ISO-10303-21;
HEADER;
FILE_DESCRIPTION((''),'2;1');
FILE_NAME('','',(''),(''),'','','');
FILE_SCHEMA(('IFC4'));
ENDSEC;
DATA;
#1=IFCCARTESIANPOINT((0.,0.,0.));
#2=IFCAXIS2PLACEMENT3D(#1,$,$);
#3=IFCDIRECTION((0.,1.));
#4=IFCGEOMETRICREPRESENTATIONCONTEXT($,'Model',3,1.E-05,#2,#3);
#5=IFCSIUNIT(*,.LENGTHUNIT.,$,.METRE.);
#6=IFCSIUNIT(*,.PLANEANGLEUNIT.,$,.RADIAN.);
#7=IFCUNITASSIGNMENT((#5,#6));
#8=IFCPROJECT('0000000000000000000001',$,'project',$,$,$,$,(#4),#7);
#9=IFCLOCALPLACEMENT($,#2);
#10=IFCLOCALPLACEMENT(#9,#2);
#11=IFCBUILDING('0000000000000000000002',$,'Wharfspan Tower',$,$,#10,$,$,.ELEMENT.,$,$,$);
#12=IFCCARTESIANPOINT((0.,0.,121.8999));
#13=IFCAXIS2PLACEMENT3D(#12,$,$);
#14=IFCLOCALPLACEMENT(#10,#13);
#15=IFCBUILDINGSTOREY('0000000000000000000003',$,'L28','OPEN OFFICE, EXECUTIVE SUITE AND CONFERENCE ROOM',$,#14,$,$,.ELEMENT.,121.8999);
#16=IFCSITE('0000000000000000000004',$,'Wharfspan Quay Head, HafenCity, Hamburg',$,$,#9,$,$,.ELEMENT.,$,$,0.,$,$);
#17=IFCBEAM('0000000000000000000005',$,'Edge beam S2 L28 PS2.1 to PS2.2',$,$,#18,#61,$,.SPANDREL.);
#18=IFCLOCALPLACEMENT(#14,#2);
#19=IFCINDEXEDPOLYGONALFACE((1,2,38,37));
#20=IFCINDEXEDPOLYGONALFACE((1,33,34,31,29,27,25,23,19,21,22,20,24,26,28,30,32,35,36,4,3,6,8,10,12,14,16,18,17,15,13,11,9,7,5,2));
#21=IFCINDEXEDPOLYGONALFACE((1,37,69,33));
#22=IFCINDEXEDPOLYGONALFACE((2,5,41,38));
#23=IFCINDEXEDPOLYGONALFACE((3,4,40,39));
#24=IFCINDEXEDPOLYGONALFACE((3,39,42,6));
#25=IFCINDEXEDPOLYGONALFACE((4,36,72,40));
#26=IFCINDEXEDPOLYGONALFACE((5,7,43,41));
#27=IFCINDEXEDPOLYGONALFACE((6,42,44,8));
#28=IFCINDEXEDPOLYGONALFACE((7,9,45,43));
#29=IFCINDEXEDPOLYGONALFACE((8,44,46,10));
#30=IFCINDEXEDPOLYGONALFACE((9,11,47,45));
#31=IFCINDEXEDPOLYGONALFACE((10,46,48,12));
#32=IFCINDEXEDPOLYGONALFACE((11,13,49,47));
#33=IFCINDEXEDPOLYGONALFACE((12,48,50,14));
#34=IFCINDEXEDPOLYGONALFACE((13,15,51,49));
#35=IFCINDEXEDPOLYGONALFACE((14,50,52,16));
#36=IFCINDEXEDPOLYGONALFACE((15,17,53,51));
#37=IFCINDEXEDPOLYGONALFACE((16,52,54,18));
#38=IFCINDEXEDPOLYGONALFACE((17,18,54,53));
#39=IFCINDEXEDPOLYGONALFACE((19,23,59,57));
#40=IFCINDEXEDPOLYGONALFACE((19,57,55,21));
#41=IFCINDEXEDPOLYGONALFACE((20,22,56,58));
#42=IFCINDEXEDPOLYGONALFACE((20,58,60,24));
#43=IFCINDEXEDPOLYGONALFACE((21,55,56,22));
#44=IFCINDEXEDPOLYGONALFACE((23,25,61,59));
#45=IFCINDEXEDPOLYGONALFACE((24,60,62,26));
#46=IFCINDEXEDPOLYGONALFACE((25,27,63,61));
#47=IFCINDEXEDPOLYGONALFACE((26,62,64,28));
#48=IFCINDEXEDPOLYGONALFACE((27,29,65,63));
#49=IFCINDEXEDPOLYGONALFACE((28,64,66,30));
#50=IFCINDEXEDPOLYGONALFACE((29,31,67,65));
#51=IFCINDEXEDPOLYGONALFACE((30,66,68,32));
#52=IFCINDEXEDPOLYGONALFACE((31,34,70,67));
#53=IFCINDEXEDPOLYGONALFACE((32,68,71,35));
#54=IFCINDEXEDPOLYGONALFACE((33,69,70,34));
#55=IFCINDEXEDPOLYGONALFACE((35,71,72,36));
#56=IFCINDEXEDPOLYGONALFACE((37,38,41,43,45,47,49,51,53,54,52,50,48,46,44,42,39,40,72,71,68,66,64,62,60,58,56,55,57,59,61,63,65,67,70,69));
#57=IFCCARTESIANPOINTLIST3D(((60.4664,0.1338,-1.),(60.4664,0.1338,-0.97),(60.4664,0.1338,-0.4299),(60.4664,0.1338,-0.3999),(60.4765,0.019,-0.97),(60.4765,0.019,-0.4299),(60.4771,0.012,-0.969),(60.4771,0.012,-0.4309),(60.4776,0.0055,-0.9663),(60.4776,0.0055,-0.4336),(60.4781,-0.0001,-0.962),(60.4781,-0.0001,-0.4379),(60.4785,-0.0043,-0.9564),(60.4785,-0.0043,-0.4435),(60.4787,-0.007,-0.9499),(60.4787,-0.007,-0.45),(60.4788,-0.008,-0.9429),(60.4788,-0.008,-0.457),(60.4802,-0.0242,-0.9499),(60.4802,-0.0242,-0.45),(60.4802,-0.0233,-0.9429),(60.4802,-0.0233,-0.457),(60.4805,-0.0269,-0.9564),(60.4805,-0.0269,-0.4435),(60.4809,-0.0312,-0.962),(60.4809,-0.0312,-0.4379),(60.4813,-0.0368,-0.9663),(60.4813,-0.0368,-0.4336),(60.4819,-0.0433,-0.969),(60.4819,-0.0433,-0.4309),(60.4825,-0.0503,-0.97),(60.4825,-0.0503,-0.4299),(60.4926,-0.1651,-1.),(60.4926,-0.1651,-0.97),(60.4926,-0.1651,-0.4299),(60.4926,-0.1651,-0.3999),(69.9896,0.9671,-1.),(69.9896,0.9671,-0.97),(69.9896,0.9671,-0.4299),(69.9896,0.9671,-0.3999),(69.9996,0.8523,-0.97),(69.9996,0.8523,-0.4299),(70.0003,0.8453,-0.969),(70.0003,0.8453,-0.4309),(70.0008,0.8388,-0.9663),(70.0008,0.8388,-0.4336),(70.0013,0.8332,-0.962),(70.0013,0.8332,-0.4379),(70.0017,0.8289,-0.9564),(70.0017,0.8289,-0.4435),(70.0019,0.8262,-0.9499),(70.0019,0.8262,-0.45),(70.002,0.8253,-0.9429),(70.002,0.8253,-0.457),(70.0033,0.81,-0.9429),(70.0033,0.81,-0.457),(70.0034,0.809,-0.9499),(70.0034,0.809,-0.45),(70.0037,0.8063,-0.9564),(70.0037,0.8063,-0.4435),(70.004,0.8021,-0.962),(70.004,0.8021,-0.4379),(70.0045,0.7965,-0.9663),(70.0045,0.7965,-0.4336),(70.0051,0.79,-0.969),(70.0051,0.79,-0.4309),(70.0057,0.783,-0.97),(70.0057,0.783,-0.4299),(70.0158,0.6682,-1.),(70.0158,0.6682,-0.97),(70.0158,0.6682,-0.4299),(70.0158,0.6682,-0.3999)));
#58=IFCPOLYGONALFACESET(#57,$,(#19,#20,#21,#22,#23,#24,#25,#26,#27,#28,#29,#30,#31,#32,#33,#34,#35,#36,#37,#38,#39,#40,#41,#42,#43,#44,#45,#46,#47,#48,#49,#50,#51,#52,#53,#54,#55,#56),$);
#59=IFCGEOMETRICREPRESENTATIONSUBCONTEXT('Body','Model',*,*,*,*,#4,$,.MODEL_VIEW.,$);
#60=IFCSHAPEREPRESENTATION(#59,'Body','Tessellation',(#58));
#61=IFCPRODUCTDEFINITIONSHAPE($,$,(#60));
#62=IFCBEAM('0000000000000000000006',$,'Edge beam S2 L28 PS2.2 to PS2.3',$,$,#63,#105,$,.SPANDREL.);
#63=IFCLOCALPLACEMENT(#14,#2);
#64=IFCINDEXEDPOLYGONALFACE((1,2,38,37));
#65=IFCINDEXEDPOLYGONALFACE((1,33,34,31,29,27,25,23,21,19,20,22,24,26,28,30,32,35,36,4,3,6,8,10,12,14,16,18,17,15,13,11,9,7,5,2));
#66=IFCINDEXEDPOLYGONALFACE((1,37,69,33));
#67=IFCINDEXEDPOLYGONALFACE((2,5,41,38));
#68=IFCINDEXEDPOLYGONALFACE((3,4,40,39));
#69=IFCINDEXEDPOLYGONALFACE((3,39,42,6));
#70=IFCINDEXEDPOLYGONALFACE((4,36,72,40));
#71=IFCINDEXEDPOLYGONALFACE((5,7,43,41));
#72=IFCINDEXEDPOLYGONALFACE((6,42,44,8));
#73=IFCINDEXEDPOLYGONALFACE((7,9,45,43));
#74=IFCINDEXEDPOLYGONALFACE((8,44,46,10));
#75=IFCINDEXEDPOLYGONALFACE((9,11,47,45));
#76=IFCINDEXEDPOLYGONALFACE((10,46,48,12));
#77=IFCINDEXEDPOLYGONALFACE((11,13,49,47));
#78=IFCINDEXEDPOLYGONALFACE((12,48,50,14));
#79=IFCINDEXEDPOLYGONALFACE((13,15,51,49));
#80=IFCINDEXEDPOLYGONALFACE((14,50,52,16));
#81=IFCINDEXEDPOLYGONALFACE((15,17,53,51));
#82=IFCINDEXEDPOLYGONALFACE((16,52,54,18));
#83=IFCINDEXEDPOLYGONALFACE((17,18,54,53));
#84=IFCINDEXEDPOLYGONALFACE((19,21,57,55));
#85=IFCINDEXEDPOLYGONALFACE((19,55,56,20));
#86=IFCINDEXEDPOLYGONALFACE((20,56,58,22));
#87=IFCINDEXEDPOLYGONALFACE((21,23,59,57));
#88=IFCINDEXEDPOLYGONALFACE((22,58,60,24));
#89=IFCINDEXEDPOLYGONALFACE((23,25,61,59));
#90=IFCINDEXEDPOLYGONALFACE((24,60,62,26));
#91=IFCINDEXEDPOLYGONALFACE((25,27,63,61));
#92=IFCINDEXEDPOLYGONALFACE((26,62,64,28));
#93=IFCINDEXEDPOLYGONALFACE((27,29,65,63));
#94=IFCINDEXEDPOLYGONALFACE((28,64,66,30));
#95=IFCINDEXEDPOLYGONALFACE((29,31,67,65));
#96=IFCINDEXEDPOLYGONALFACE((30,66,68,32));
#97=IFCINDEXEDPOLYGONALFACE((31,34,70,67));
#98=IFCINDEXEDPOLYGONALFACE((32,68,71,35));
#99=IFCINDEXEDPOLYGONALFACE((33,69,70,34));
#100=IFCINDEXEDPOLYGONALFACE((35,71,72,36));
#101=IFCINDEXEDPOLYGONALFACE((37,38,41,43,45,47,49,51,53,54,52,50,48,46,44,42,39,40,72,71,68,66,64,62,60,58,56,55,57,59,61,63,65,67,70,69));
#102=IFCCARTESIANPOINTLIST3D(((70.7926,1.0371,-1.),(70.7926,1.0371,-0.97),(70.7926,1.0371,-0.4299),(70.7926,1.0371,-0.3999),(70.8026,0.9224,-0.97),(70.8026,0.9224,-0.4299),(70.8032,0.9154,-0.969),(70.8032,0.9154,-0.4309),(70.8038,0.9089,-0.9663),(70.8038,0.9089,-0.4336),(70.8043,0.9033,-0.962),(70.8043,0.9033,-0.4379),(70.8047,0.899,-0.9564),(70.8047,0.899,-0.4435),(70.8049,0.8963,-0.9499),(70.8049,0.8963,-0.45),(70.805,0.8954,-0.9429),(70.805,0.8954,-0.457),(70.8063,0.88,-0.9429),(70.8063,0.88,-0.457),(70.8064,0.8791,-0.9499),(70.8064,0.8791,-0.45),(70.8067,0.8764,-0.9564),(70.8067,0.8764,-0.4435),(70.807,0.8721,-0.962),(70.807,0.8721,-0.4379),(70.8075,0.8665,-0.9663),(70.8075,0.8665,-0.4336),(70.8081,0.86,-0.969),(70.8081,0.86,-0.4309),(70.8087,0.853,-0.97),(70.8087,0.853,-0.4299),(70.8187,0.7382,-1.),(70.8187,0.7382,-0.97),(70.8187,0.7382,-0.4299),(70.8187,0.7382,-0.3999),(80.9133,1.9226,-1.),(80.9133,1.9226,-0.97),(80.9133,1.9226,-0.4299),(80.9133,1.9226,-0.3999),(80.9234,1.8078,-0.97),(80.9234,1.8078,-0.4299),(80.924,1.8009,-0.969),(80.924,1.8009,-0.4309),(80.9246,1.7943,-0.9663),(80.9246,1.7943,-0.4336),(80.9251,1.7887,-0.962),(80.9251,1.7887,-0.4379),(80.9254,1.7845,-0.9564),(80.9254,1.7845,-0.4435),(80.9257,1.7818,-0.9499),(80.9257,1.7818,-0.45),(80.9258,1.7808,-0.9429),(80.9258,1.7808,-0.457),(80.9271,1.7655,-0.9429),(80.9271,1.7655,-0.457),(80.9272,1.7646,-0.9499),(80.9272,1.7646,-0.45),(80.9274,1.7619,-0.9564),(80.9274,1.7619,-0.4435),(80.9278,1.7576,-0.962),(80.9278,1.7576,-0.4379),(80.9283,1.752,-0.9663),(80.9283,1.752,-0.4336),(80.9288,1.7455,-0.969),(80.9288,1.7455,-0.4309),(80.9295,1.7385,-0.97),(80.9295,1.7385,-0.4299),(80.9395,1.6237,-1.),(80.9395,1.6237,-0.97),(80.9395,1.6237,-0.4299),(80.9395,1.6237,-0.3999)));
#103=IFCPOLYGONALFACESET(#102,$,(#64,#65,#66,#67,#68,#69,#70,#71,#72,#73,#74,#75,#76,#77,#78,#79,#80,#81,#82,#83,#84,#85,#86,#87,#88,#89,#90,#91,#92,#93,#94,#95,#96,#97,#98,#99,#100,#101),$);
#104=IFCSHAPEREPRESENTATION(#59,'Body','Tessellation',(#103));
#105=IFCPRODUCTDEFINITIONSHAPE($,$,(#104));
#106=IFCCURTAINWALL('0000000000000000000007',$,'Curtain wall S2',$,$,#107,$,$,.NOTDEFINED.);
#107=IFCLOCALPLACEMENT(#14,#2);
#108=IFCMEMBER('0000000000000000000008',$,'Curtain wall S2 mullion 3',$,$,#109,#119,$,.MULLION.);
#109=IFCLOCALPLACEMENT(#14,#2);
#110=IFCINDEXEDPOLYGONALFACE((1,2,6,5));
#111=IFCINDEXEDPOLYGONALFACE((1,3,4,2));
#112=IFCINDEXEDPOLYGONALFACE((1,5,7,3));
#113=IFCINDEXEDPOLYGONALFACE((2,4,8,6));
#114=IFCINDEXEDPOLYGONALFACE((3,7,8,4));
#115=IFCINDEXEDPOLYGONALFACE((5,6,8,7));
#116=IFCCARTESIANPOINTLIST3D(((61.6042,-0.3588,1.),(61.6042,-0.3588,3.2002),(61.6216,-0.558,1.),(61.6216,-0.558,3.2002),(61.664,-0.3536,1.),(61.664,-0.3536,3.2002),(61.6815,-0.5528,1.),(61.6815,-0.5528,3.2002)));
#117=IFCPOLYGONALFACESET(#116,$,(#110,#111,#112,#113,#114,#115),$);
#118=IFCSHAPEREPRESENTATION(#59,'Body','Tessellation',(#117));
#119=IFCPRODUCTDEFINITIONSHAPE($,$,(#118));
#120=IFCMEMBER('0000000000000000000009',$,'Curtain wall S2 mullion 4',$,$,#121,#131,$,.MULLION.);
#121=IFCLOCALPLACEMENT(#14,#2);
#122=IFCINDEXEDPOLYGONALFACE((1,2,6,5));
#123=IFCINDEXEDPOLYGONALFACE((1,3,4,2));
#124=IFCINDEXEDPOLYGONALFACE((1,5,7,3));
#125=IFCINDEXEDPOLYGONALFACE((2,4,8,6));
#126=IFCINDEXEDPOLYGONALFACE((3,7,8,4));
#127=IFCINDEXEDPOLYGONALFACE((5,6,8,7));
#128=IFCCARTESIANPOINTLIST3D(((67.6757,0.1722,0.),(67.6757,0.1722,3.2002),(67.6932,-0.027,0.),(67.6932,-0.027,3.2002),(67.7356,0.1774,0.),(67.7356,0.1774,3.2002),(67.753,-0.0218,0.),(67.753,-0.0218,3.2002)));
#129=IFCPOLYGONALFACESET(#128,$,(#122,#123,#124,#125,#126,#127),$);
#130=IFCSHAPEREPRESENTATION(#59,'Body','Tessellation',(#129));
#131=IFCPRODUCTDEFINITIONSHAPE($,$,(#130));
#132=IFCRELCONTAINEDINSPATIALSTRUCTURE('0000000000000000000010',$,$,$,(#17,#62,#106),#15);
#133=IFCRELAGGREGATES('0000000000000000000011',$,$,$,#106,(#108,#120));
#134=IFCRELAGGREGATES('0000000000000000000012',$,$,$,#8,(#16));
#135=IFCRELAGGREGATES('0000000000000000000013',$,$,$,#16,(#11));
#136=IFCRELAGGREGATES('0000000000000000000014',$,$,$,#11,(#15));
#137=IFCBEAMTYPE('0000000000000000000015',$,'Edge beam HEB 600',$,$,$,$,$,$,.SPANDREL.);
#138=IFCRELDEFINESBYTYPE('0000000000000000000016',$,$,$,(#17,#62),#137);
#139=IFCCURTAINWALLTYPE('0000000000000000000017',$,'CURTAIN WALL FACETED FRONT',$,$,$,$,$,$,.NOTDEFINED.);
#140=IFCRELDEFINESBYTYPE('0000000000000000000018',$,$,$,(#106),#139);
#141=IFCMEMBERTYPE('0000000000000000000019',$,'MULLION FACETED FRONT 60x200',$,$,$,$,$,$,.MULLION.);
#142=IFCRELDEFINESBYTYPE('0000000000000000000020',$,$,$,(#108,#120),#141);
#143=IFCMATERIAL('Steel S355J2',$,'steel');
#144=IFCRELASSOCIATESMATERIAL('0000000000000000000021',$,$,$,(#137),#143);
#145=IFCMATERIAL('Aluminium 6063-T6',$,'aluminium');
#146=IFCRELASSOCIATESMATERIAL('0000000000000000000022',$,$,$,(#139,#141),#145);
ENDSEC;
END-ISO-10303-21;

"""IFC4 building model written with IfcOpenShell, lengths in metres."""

from ifc_helpers import new_model, si_unit, direction, frame, origin, origin_2d, place, context, subcontext, project, spatial, rectangle, i_section, extrude, material, material_profile, profile_set, type_object, element, aggregate, save


model = new_model("IFC4")

# Units and contexts
model_context = context("Model", 3, precision=1e-05, world=origin(), true_north=direction((0.0, 1.0)))
body_context = subcontext(model_context, "Body", "Model", "MODEL_VIEW")
ifc_project = project(units=[si_unit("LENGTHUNIT", "METRE"), si_unit("PLANEANGLEUNIT", "RADIAN")], contexts=[model_context])

# Site, building, storey
site_placement = place(None, origin())
site = spatial("IfcSite", under=ifc_project, at=site_placement, Name="Wharfspan Quay Head, HafenCity, Hamburg", CompositionType="ELEMENT", RefElevation=0.0)
building_placement = place(site_placement, origin())
building = spatial("IfcBuilding", under=site, at=building_placement, Name="Wharfspan Tower", CompositionType="ELEMENT")
storey_placement = place(building_placement, frame((0.0, 0.0, 121.8999)))
storey = spatial("IfcBuildingStorey", under=building, at=storey_placement, Name="L28", Description="OPEN OFFICE, EXECUTIVE SUITE AND CONFERENCE ROOM", CompositionType="ELEMENT", Elevation=121.8999)

# Shared definitions
ifc_material_1 = material(Name="Steel S355J2", Category="steel")

# Beams
ifc_material_profile_1 = material_profile(ifc_material_1, i_section(OverallWidth=0.3, OverallDepth=0.6001, WebThickness=0.0154, FlangeThickness=0.03, FilletRadius=0.0271, at=origin_2d()))
ifc_profile_set_1 = profile_set([ifc_material_profile_1], Name="Steel S355J2")
beam_type = type_object("IfcBeamType", Name="Edge beam HEB 600", PredefinedType="SPANDREL", material=ifc_profile_set_1)
beam_1_placement = place(storey_placement, frame((60.4795, -0.0156, -0.7), z_axis=(0.996194, 0.087164, 0.0), x_axis=(-0.087164, 0.996194, 0.0)))
element("IfcBeam", 1, at=beam_1_placement, inside=storey, type_object=beam_type, Name="Edge beam S2 L28 PS2.1 to PS2.2", PredefinedType="SPANDREL", context=body_context, shape_type="SweptSolid", body=[
    extrude(i_section(OverallWidth=0.3, OverallDepth=0.6001, WebThickness=0.0154, FlangeThickness=0.03, FilletRadius=0.0271, at=origin_2d()), origin(), (0.0, 0.0, 1.0), 9.5596),
])
beam_2_placement = place(storey_placement, frame((70.8057, 0.8877, -0.7), z_axis=(0.996194, 0.087159, 0.0), x_axis=(-0.087159, 0.996194, 0.0)))
element("IfcBeam", 2, at=beam_2_placement, inside=storey, type_object=beam_type, Name="Edge beam S2 L28 PS2.2 to PS2.3", PredefinedType="SPANDREL", context=body_context, shape_type="SweptSolid", body=[
    extrude(i_section(OverallWidth=0.3, OverallDepth=0.6001, WebThickness=0.0154, FlangeThickness=0.03, FilletRadius=0.0271, at=origin_2d()), origin(), (0.0, 0.0, 1.0), 10.1594),
])

# Curtain wall, members
ifc_material_2 = material(Name="Aluminium 6063-T6", Category="aluminium")
curtain_wall_type = type_object("IfcCurtainWallType", Name="CURTAIN WALL FACETED FRONT", PredefinedType="NOTDEFINED", material=ifc_material_2)
curtain_wall_placement = place(storey_placement, origin())
curtain_wall = element("IfcCurtainWall", 3, at=curtain_wall_placement, inside=storey, type_object=curtain_wall_type, Name="Curtain wall S2", PredefinedType="NOTDEFINED")
ifc_material_profile_2 = material_profile(ifc_material_2, rectangle(XDim=0.2, YDim=0.0601, at=origin_2d()))
ifc_profile_set_2 = profile_set([ifc_material_profile_2], Name="Aluminium 6063-T6")
member_type_1 = type_object("IfcMemberType", Name="MULLION FACETED FRONT 60x200", PredefinedType="MULLION", material=ifc_profile_set_2)
member_1_placement = place(storey_placement, frame((61.6428, -0.4558, 1.0), z_axis=(0.0, 0.0, 1.0), x_axis=(-0.087156, 0.996198, 0.0)))
member_1 = element("IfcMember", 4, at=member_1_placement, type_object=member_type_1, Name="Curtain wall S2 mullion 3", PredefinedType="MULLION", context=body_context, shape_type="SweptSolid", body=[
    extrude(rectangle(XDim=0.2, YDim=0.0601, at=origin_2d()), origin(), (0.0, 0.0, 1.0), 2.2002),
])
member_2_placement = place(storey_placement, frame((67.7144, 0.0752, 0.0), z_axis=(0.0, 0.0, 1.0), x_axis=(-0.087156, 0.996198, 0.0)))
member_2 = element("IfcMember", 5, at=member_2_placement, type_object=member_type_1, Name="Curtain wall S2 mullion 4", PredefinedType="MULLION", context=body_context, shape_type="SweptSolid", body=[
    extrude(rectangle(XDim=0.2, YDim=0.0601, at=origin_2d()), origin(), (0.0, 0.0, 1.0), 3.2002),
])

aggregate(curtain_wall, [member_1, member_2])

save(model, "model.ifc")
